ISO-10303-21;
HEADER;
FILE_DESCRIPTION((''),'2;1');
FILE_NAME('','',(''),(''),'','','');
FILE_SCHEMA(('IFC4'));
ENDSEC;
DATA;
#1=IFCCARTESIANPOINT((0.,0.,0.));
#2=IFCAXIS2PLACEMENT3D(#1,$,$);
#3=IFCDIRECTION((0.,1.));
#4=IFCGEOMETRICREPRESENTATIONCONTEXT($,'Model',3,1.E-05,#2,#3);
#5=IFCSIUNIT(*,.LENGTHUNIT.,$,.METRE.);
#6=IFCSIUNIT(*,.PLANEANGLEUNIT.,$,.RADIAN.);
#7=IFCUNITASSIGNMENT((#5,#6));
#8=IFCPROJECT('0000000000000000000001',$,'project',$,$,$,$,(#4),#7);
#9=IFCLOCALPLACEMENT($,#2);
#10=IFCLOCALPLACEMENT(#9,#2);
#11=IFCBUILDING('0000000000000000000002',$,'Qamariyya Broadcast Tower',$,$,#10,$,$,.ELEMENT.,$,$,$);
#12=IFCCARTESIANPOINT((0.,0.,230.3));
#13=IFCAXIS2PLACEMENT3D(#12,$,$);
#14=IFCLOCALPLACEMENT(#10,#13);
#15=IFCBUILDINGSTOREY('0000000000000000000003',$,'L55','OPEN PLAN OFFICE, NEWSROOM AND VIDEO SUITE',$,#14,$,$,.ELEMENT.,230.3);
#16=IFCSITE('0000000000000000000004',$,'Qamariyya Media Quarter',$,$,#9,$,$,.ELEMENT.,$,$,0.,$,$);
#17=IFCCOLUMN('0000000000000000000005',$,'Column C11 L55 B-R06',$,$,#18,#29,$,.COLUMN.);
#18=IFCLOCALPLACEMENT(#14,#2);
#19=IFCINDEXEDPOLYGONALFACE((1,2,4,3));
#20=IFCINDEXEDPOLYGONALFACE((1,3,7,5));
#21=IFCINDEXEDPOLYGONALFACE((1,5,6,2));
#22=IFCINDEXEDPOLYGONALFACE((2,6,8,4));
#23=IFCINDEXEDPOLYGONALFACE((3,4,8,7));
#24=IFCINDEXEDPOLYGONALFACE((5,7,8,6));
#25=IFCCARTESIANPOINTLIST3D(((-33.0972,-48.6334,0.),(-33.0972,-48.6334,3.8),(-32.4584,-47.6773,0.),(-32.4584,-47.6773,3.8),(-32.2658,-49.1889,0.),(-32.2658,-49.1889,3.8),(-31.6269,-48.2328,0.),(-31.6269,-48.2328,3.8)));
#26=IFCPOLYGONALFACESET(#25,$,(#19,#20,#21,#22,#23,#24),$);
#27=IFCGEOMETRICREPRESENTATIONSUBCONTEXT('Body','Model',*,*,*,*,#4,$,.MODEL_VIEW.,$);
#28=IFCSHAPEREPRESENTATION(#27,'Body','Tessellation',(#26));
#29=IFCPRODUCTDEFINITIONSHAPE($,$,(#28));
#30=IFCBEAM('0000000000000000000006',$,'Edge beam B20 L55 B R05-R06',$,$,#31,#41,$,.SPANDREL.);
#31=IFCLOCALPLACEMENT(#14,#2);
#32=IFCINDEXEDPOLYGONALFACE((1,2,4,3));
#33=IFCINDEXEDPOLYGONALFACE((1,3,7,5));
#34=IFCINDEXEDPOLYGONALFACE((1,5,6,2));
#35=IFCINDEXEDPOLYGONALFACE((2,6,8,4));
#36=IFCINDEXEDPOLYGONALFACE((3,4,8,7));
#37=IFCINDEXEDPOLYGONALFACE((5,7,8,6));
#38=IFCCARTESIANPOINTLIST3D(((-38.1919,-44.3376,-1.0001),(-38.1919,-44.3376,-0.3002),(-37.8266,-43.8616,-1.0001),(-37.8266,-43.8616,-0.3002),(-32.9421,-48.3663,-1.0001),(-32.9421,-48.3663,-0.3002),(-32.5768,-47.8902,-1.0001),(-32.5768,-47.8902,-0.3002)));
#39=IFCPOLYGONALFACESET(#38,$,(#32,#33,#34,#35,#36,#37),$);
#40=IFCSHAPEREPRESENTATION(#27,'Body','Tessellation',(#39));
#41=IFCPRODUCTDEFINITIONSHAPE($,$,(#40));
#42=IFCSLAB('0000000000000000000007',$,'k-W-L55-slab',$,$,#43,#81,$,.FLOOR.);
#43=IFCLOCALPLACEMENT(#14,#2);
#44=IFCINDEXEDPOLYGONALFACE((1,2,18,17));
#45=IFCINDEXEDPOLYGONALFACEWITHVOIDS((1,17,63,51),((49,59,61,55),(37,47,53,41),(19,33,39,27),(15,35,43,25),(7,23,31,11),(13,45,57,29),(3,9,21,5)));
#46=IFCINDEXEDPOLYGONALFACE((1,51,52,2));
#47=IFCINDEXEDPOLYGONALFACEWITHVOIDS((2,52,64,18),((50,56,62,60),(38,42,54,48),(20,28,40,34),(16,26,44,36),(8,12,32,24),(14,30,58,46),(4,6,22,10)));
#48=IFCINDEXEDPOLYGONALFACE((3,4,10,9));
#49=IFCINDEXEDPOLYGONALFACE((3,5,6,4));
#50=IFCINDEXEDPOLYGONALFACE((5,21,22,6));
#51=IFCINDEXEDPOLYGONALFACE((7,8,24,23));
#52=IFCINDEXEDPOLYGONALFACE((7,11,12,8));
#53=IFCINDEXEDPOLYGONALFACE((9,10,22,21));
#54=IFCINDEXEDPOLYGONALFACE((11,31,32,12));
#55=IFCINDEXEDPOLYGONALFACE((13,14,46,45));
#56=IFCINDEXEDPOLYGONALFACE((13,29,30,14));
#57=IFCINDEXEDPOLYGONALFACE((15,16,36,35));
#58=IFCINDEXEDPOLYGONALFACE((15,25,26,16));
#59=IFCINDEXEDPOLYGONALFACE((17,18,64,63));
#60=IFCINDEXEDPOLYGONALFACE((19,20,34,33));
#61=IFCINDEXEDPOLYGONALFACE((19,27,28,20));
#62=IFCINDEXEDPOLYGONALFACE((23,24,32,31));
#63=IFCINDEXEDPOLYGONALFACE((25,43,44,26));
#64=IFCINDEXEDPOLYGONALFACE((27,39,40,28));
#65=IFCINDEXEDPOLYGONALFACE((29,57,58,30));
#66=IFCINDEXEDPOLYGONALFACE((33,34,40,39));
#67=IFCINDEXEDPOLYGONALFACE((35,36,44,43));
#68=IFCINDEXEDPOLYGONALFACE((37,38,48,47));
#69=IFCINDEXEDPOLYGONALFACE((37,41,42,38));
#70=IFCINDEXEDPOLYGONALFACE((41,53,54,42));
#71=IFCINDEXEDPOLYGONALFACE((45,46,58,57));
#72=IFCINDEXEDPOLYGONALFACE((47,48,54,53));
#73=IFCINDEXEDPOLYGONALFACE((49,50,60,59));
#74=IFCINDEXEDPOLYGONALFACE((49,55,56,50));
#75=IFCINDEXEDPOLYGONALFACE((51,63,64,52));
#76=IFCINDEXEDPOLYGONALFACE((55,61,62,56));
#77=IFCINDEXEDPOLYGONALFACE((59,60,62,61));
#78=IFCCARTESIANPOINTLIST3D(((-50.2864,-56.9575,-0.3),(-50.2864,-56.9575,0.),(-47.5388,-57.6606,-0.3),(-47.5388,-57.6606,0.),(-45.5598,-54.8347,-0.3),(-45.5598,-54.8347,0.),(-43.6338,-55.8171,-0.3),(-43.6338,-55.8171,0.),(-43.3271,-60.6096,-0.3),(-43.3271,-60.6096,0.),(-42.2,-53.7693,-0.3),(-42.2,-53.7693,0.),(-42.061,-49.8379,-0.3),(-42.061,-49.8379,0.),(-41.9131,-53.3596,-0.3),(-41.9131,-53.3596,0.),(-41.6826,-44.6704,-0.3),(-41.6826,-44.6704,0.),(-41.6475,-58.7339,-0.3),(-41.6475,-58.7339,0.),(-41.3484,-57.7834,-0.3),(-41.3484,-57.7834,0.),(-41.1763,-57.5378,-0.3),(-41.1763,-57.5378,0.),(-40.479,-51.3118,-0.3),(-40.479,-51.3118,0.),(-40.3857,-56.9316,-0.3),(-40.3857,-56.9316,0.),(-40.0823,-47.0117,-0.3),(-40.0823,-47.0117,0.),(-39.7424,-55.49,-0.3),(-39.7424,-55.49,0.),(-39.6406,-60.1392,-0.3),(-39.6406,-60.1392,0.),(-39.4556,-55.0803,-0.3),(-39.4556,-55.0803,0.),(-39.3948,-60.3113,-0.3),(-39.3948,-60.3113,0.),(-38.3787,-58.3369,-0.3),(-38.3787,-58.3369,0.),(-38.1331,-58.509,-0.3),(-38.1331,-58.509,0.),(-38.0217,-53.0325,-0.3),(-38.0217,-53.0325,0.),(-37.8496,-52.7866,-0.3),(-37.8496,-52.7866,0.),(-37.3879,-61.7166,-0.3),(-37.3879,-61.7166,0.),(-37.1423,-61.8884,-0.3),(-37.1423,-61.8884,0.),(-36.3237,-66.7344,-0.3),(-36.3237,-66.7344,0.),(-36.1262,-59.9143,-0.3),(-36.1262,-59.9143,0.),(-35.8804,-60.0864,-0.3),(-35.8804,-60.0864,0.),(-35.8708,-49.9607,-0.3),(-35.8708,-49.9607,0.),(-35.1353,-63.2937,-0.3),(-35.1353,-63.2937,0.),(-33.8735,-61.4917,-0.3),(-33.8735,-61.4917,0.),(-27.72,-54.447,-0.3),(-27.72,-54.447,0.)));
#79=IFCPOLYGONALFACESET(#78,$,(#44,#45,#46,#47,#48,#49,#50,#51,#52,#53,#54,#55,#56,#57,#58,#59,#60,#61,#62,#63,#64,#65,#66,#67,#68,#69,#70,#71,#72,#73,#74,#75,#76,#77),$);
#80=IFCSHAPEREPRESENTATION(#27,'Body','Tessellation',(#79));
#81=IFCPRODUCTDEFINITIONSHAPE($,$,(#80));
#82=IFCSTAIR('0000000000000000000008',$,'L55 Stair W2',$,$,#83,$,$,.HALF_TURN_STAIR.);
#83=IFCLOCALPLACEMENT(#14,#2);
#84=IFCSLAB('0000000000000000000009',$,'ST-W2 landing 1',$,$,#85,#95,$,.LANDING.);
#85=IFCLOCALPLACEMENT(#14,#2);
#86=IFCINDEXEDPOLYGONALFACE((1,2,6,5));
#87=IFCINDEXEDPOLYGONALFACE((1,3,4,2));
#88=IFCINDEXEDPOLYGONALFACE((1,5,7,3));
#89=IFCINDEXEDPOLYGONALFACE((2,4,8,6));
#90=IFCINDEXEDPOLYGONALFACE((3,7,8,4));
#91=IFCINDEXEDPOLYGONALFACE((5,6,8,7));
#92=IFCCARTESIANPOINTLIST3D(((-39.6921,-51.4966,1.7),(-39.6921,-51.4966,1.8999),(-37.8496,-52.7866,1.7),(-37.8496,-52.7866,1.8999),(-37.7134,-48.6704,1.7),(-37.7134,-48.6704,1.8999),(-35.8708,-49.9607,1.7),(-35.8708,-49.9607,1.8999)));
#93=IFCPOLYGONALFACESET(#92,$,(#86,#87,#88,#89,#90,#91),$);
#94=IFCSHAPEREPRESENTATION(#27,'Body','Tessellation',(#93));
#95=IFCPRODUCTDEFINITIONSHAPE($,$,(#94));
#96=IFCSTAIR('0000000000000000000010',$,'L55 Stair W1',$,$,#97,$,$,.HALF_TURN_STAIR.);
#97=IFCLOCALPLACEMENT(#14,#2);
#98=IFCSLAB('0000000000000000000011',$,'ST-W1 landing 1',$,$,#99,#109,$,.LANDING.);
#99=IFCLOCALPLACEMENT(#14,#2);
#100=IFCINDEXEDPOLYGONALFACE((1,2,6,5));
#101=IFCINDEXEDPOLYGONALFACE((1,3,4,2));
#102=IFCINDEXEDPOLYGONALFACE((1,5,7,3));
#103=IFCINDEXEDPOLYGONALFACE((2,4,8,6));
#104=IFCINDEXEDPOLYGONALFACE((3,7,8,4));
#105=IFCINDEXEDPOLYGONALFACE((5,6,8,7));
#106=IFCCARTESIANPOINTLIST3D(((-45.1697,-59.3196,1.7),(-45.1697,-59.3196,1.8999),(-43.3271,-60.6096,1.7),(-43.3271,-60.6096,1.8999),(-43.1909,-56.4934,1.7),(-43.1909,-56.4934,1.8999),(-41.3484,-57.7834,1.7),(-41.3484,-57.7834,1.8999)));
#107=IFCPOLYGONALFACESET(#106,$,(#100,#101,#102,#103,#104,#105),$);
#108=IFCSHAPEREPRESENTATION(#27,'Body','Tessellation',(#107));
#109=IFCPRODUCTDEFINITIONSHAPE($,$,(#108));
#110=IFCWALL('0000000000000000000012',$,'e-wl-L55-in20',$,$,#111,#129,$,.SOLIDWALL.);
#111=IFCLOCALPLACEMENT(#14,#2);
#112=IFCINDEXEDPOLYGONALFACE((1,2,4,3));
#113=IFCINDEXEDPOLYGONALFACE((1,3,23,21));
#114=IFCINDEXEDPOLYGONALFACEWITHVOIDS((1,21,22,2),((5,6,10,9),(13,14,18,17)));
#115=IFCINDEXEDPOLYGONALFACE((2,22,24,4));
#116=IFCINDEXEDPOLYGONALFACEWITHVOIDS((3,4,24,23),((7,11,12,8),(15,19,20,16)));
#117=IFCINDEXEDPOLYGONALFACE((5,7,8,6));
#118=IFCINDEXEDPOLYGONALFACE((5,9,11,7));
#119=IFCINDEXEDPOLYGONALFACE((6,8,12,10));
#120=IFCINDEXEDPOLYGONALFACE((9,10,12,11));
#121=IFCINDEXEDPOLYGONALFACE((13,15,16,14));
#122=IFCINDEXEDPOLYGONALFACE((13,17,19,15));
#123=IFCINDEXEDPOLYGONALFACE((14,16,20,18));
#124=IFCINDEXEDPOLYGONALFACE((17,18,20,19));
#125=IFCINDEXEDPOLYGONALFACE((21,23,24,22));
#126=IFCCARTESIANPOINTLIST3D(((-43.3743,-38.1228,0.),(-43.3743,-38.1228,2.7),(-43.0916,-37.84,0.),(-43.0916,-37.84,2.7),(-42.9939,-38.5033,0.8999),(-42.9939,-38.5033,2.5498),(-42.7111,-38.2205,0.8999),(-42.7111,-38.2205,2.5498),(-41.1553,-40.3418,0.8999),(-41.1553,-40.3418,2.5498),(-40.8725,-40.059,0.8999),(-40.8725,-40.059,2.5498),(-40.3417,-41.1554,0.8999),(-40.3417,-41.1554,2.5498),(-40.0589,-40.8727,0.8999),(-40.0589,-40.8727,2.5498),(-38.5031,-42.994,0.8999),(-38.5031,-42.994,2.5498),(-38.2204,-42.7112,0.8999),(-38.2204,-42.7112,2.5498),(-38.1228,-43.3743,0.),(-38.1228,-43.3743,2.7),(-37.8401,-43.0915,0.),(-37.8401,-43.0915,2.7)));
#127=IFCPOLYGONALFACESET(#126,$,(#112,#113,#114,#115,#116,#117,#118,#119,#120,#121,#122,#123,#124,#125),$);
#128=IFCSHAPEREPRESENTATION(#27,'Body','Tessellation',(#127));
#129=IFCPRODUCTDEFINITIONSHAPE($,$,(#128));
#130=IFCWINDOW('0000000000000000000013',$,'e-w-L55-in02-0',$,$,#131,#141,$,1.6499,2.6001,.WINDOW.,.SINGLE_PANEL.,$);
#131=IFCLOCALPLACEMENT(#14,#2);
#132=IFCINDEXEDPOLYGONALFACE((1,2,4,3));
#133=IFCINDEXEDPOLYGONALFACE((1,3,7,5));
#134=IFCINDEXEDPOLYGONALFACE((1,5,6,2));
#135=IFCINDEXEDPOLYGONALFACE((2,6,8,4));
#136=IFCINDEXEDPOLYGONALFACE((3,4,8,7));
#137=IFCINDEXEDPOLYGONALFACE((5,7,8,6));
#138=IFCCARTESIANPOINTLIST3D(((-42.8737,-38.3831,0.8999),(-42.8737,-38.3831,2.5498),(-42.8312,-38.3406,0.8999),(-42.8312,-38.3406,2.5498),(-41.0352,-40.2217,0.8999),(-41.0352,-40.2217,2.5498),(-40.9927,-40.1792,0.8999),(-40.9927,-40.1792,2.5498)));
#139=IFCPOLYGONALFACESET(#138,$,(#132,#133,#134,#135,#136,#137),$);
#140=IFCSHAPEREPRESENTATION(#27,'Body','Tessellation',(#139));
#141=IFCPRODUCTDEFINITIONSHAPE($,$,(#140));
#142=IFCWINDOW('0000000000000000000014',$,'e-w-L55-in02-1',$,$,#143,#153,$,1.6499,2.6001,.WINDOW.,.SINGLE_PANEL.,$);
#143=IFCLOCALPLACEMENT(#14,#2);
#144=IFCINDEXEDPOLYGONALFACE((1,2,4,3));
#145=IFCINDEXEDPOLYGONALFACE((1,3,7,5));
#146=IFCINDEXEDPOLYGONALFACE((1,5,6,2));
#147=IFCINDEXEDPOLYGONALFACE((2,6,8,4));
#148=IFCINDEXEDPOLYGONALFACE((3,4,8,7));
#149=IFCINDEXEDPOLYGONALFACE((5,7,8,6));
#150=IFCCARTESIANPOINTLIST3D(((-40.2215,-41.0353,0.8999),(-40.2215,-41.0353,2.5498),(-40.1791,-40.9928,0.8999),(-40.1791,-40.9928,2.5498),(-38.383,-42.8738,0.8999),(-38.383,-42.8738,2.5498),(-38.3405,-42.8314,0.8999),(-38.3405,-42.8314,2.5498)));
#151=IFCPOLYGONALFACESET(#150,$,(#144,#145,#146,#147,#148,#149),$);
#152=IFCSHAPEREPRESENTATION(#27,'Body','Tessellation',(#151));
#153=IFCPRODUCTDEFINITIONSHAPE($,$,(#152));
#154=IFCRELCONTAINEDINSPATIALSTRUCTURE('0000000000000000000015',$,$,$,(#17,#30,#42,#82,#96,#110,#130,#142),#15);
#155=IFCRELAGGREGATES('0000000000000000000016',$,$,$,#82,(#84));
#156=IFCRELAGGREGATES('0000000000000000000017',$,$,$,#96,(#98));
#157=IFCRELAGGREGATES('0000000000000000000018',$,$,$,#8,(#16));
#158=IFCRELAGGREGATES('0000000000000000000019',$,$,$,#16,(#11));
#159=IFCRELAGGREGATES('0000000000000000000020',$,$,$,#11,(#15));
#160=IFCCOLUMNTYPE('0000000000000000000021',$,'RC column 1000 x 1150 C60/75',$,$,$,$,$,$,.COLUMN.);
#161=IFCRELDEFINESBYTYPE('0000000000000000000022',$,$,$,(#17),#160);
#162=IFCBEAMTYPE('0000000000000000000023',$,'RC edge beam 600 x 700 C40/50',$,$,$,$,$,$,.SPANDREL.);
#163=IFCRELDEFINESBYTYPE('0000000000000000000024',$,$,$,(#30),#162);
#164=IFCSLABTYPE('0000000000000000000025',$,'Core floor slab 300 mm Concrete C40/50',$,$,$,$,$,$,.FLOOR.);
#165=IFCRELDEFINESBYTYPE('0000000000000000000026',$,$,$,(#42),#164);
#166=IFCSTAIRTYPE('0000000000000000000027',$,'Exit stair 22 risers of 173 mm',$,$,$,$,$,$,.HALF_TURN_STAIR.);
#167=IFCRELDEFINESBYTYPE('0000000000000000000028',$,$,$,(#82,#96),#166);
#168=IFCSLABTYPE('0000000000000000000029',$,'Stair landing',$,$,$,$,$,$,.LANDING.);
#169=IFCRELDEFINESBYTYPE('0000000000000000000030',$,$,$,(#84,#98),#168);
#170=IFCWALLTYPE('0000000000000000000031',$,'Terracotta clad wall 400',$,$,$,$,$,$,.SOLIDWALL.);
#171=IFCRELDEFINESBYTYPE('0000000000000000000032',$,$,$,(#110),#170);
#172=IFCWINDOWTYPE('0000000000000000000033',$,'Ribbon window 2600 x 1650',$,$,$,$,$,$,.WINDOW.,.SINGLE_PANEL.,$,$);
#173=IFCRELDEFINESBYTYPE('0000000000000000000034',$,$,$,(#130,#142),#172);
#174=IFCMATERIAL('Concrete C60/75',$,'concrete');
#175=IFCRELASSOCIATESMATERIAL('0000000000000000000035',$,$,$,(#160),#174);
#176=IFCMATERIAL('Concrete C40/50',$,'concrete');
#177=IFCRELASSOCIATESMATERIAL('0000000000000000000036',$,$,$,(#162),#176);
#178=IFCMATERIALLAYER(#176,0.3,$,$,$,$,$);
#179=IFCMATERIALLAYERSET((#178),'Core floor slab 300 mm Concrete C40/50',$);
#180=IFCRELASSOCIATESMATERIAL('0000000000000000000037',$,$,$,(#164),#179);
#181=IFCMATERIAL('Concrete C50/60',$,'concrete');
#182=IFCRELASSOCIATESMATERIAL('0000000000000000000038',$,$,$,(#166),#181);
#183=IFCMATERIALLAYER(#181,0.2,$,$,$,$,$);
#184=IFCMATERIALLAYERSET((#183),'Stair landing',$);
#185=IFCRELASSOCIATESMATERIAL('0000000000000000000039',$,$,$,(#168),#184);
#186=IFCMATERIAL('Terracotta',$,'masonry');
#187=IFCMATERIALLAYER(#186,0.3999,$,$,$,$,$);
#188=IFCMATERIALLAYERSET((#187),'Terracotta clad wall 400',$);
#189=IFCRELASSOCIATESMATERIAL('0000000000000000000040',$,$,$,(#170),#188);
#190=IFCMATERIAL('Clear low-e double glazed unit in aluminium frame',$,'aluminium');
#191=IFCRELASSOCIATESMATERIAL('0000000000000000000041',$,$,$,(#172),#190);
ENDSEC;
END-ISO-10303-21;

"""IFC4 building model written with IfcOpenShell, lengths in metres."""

from ifc_helpers import new_model, si_unit, direction, frame, frame_2d, origin, origin_2d, place, context, subcontext, project, spatial, polyline, rectangle, outline, extrude, material, layer, layer_set, material_profile, profile_set, type_object, element, fill, aggregate, save


model = new_model("IFC4")

# Units and contexts
model_context = context("Model", 3, precision=1e-05, world=origin(), true_north=direction((0.0, 1.0)))
body_context = subcontext(model_context, "Body", "Model", "MODEL_VIEW")
ifc_project = project(units=[si_unit("LENGTHUNIT", "METRE"), si_unit("PLANEANGLEUNIT", "RADIAN")], contexts=[model_context])

# Site, building, storey
site_placement = place(None, origin())
site = spatial("IfcSite", under=ifc_project, at=site_placement, Name="Qamariyya Media Quarter", CompositionType="ELEMENT", RefElevation=0.0)
building_placement = place(site_placement, origin())
building = spatial("IfcBuilding", under=site, at=building_placement, Name="Qamariyya Broadcast Tower", CompositionType="ELEMENT")
storey_placement = place(building_placement, frame((0.0, 0.0, 230.3)))
storey = spatial("IfcBuildingStorey", under=building, at=storey_placement, Name="L55", Description="OPEN PLAN OFFICE, NEWSROOM AND VIDEO SUITE", CompositionType="ELEMENT", Elevation=230.3)

# Column
ifc_material_1 = material(Name="Concrete C60/75", Category="concrete")
ifc_material_profile_1 = material_profile(ifc_material_1, rectangle(XDim=1.0, YDim=1.1499, at=origin_2d()))
ifc_profile_set_1 = profile_set([ifc_material_profile_1], Name="Concrete C60/75")
column_type = type_object("IfcColumnType", Name="RC column 1000 x 1150 C60/75", PredefinedType="COLUMN", material=ifc_profile_set_1)
column_placement = place(storey_placement, frame((-32.3621, -48.4331, 0.0), z_axis=(0.0, 0.0, 1.0), x_axis=(0.83147, -0.55557, 0.0)))
element("IfcColumn", 1, at=column_placement, inside=storey, type_object=column_type, Name="Column C11 L55 B-R06", PredefinedType="COLUMN", context=body_context, shape_type="SweptSolid", body=[
    extrude(rectangle(XDim=1.0, YDim=1.1499, at=origin_2d()), origin(), (0.0, 0.0, 1.0), 3.8),
])

# Beam
ifc_material_2 = material(Name="Concrete C40/50", Category="concrete")
ifc_material_profile_2 = material_profile(ifc_material_2, rectangle(XDim=0.6001, YDim=0.7, at=origin_2d()))
ifc_profile_set_2 = profile_set([ifc_material_profile_2], Name="Concrete C40/50")
beam_type = type_object("IfcBeamType", Name="RC edge beam 600 x 700 C40/50", PredefinedType="SPANDREL", material=ifc_profile_set_2)
beam_placement = place(storey_placement, frame((-38.0093, -44.0996, -0.6501), z_axis=(0.793333, -0.608789, 0.0), x_axis=(0.608789, 0.793333, 0.0)))
element("IfcBeam", 2, at=beam_placement, inside=storey, type_object=beam_type, Name="Edge beam B20 L55 B R05-R06", PredefinedType="SPANDREL", context=body_context, shape_type="SweptSolid", body=[
    extrude(rectangle(XDim=0.6001, YDim=0.7, at=origin_2d()), origin(), (0.0, 0.0, 1.0), 6.6174),
])

# Slab
ifc_layer_1 = layer(ifc_material_2, 0.3)
ifc_layer_set_1 = layer_set([ifc_layer_1], Name="Core floor slab 300 mm Concrete C40/50")
slab_type_1 = type_object("IfcSlabType", Name="Core floor slab 300 mm Concrete C40/50", PredefinedType="FLOOR", material=ifc_layer_set_1)
slab_1_placement = place(storey_placement, frame((0.0, 0.0, -0.3)))
element("IfcSlab", 3, at=slab_1_placement, inside=storey, type_object=slab_type_1, Name="k-W-L55-slab", PredefinedType="FLOOR", context=body_context, shape_type="SweptSolid", body=[
    extrude(outline(polyline([(-50.2864, -56.9575), (-36.3237, -66.7344), (-27.72, -54.447), (-41.6826, -44.6704), (-50.2864, -56.9575)]), holes=[polyline([(-33.8735, -61.4917), (-35.8804, -60.0864), (-37.1423, -61.8884), (-35.1353, -63.2937), (-33.8735, -61.4917)]), polyline([(-36.1262, -59.9143), (-38.1331, -58.509), (-39.3948, -60.3113), (-37.3879, -61.7166), (-36.1262, -59.9143)]), polyline([(-38.3787, -58.3369), (-40.3857, -56.9316), (-41.6475, -58.7339), (-39.6406, -60.1392), (-38.3787, -58.3369)]), polyline([(-39.7424, -55.49), (-42.2, -53.7693), (-43.6338, -55.8171), (-41.1763, -57.5378), (-39.7424, -55.49)]), polyline([(-39.4556, -55.0803), (-41.9131, -53.3596), (-40.479, -51.3118), (-38.0217, -53.0325), (-39.4556, -55.0803)]), polyline([(-42.061, -49.8379), (-37.8496, -52.7866), (-35.8708, -49.9607), (-40.0823, -47.0117), (-42.061, -49.8379)]), polyline([(-47.5388, -57.6606), (-43.3271, -60.6096), (-41.3484, -57.7834), (-45.5598, -54.8347), (-47.5388, -57.6606)])]), origin(), (0.0, 0.0, 1.0), 0.3),
])

# Stairs, slabs
ifc_material_3 = material(Name="Concrete C50/60", Category="concrete")
stair_type = type_object("IfcStairType", Name="Exit stair 22 risers of 173 mm", PredefinedType="HALF_TURN_STAIR", material=ifc_material_3)
stair_1_placement = place(storey_placement, origin())
stair_1 = element("IfcStair", 4, at=stair_1_placement, inside=storey, type_object=stair_type, Name="L55 Stair W2", PredefinedType="HALF_TURN_STAIR")
ifc_layer_2 = layer(ifc_material_3, 0.2)
ifc_layer_set_2 = layer_set([ifc_layer_2], Name="Stair landing")
slab_type_2 = type_object("IfcSlabType", Name="Stair landing", PredefinedType="LANDING", material=ifc_layer_set_2)
slab_2_placement = place(storey_placement, frame((0.0, 0.0, 1.7)))
slab_2 = element("IfcSlab", 5, at=slab_2_placement, type_object=slab_type_2, Name="ST-W2 landing 1", PredefinedType="LANDING", context=body_context, shape_type="SweptSolid", body=[
    extrude(outline(polyline([(-39.6921, -51.4966), (-37.8496, -52.7866), (-35.8708, -49.9607), (-37.7134, -48.6704), (-39.6921, -51.4966)])), origin(), (0.0, 0.0, 1.0), 0.2),
])
aggregate(stair_1, [slab_2])
stair_2_placement = place(storey_placement, origin())
stair_2 = element("IfcStair", 6, at=stair_2_placement, inside=storey, type_object=stair_type, Name="L55 Stair W1", PredefinedType="HALF_TURN_STAIR")
slab_3_placement = place(storey_placement, frame((0.0, 0.0, 1.7)))
slab_3 = element("IfcSlab", 7, at=slab_3_placement, type_object=slab_type_2, Name="ST-W1 landing 1", PredefinedType="LANDING", context=body_context, shape_type="SweptSolid", body=[
    extrude(outline(polyline([(-45.1697, -59.3196), (-43.3271, -60.6096), (-41.3484, -57.7834), (-43.1909, -56.4934), (-45.1697, -59.3196)])), origin(), (0.0, 0.0, 1.0), 0.2),
])
aggregate(stair_2, [slab_3])

# Wall, openings, windows
ifc_material_4 = material(Name="Terracotta", Category="masonry")
ifc_layer_3 = layer(ifc_material_4, 0.3999)
ifc_layer_set_3 = layer_set([ifc_layer_3], Name="Terracotta clad wall 400")
wall_type = type_object("IfcWallType", Name="Terracotta clad wall 400", PredefinedType="SOLIDWALL", material=ifc_layer_set_3)
wall_1_placement = place(storey_placement, frame((-37.9814, -43.2329, 0.0), z_axis=(0.0, 0.0, 1.0), x_axis=(-0.707107, 0.707107, 0.0)))
wall_1 = element("IfcWall", 8, at=wall_1_placement, inside=storey, type_object=wall_type, Name="e-wl-L55-in20", PredefinedType="SOLIDWALL", context=body_context, shape_type="SweptSolid", body=[
    extrude(rectangle(XDim=7.4268, YDim=0.3999, at=frame_2d((3.7134, 0.0))), origin(), (0.0, 0.0, 1.0), 2.7),
])
opening_1_placement = place(wall_1_placement, frame((4.2886, 0.0, 0.8999)))
opening_1 = element("IfcOpeningElement", 9, at=opening_1_placement, cuts=wall_1, PredefinedType="OPENING", context=body_context, shape_type="SweptSolid", body=[
    extrude(rectangle(XDim=2.6001, YDim=1.6499, at=frame_2d((1.3, 0.825))), frame((0.0, 0.21, 0.0), z_axis=(0.0, -1.0, 0.0), x_axis=(1.0, 0.0, 0.0)), (0.0, 0.0, 1.0), 0.4199),
])
opening_2_placement = place(wall_1_placement, frame((0.5378, 0.0, 0.8999)))
opening_2 = element("IfcOpeningElement", 10, at=opening_2_placement, cuts=wall_1, PredefinedType="OPENING", context=body_context, shape_type="SweptSolid", body=[
    extrude(rectangle(XDim=2.6001, YDim=1.6499, at=frame_2d((1.3, 0.825))), frame((0.0, 0.21, 0.0), z_axis=(0.0, -1.0, 0.0), x_axis=(1.0, 0.0, 0.0)), (0.0, 0.0, 1.0), 0.4199),
])
ifc_material_5 = material(Name="Clear low-e double glazed unit in aluminium frame", Category="aluminium")
window_type = type_object("IfcWindowType", Name="Ribbon window 2600 x 1650", PartitioningType="SINGLE_PANEL", PredefinedType="WINDOW", material=ifc_material_5)
window_1_placement = place(opening_1_placement, origin())
window_1 = element("IfcWindow", 11, at=window_1_placement, inside=storey, type_object=window_type, Name="e-w-L55-in02-0", OverallHeight=1.6499, OverallWidth=2.6001, PartitioningType="SINGLE_PANEL", PredefinedType="WINDOW", context=body_context, shape_type="SweptSolid", body=[
    extrude(rectangle(XDim=2.6001, YDim=1.6499, at=frame_2d((1.3, 0.825))), frame((0.0, 0.03, 0.0), z_axis=(0.0, -1.0, 0.0), x_axis=(1.0, 0.0, 0.0)), (0.0, 0.0, 1.0), 0.0601),
])
fill(opening_1, window_1)
window_2_placement = place(opening_2_placement, origin())
window_2 = element("IfcWindow", 12, at=window_2_placement, inside=storey, type_object=window_type, Name="e-w-L55-in02-1", OverallHeight=1.6499, OverallWidth=2.6001, PartitioningType="SINGLE_PANEL", PredefinedType="WINDOW", context=body_context, shape_type="SweptSolid", body=[
    extrude(rectangle(XDim=2.6001, YDim=1.6499, at=frame_2d((1.3, 0.825))), frame((0.0, 0.03, 0.0), z_axis=(0.0, -1.0, 0.0), x_axis=(1.0, 0.0, 0.0)), (0.0, 0.0, 1.0), 0.0601),
])
fill(opening_2, window_2)

save(model, "model.ifc")
